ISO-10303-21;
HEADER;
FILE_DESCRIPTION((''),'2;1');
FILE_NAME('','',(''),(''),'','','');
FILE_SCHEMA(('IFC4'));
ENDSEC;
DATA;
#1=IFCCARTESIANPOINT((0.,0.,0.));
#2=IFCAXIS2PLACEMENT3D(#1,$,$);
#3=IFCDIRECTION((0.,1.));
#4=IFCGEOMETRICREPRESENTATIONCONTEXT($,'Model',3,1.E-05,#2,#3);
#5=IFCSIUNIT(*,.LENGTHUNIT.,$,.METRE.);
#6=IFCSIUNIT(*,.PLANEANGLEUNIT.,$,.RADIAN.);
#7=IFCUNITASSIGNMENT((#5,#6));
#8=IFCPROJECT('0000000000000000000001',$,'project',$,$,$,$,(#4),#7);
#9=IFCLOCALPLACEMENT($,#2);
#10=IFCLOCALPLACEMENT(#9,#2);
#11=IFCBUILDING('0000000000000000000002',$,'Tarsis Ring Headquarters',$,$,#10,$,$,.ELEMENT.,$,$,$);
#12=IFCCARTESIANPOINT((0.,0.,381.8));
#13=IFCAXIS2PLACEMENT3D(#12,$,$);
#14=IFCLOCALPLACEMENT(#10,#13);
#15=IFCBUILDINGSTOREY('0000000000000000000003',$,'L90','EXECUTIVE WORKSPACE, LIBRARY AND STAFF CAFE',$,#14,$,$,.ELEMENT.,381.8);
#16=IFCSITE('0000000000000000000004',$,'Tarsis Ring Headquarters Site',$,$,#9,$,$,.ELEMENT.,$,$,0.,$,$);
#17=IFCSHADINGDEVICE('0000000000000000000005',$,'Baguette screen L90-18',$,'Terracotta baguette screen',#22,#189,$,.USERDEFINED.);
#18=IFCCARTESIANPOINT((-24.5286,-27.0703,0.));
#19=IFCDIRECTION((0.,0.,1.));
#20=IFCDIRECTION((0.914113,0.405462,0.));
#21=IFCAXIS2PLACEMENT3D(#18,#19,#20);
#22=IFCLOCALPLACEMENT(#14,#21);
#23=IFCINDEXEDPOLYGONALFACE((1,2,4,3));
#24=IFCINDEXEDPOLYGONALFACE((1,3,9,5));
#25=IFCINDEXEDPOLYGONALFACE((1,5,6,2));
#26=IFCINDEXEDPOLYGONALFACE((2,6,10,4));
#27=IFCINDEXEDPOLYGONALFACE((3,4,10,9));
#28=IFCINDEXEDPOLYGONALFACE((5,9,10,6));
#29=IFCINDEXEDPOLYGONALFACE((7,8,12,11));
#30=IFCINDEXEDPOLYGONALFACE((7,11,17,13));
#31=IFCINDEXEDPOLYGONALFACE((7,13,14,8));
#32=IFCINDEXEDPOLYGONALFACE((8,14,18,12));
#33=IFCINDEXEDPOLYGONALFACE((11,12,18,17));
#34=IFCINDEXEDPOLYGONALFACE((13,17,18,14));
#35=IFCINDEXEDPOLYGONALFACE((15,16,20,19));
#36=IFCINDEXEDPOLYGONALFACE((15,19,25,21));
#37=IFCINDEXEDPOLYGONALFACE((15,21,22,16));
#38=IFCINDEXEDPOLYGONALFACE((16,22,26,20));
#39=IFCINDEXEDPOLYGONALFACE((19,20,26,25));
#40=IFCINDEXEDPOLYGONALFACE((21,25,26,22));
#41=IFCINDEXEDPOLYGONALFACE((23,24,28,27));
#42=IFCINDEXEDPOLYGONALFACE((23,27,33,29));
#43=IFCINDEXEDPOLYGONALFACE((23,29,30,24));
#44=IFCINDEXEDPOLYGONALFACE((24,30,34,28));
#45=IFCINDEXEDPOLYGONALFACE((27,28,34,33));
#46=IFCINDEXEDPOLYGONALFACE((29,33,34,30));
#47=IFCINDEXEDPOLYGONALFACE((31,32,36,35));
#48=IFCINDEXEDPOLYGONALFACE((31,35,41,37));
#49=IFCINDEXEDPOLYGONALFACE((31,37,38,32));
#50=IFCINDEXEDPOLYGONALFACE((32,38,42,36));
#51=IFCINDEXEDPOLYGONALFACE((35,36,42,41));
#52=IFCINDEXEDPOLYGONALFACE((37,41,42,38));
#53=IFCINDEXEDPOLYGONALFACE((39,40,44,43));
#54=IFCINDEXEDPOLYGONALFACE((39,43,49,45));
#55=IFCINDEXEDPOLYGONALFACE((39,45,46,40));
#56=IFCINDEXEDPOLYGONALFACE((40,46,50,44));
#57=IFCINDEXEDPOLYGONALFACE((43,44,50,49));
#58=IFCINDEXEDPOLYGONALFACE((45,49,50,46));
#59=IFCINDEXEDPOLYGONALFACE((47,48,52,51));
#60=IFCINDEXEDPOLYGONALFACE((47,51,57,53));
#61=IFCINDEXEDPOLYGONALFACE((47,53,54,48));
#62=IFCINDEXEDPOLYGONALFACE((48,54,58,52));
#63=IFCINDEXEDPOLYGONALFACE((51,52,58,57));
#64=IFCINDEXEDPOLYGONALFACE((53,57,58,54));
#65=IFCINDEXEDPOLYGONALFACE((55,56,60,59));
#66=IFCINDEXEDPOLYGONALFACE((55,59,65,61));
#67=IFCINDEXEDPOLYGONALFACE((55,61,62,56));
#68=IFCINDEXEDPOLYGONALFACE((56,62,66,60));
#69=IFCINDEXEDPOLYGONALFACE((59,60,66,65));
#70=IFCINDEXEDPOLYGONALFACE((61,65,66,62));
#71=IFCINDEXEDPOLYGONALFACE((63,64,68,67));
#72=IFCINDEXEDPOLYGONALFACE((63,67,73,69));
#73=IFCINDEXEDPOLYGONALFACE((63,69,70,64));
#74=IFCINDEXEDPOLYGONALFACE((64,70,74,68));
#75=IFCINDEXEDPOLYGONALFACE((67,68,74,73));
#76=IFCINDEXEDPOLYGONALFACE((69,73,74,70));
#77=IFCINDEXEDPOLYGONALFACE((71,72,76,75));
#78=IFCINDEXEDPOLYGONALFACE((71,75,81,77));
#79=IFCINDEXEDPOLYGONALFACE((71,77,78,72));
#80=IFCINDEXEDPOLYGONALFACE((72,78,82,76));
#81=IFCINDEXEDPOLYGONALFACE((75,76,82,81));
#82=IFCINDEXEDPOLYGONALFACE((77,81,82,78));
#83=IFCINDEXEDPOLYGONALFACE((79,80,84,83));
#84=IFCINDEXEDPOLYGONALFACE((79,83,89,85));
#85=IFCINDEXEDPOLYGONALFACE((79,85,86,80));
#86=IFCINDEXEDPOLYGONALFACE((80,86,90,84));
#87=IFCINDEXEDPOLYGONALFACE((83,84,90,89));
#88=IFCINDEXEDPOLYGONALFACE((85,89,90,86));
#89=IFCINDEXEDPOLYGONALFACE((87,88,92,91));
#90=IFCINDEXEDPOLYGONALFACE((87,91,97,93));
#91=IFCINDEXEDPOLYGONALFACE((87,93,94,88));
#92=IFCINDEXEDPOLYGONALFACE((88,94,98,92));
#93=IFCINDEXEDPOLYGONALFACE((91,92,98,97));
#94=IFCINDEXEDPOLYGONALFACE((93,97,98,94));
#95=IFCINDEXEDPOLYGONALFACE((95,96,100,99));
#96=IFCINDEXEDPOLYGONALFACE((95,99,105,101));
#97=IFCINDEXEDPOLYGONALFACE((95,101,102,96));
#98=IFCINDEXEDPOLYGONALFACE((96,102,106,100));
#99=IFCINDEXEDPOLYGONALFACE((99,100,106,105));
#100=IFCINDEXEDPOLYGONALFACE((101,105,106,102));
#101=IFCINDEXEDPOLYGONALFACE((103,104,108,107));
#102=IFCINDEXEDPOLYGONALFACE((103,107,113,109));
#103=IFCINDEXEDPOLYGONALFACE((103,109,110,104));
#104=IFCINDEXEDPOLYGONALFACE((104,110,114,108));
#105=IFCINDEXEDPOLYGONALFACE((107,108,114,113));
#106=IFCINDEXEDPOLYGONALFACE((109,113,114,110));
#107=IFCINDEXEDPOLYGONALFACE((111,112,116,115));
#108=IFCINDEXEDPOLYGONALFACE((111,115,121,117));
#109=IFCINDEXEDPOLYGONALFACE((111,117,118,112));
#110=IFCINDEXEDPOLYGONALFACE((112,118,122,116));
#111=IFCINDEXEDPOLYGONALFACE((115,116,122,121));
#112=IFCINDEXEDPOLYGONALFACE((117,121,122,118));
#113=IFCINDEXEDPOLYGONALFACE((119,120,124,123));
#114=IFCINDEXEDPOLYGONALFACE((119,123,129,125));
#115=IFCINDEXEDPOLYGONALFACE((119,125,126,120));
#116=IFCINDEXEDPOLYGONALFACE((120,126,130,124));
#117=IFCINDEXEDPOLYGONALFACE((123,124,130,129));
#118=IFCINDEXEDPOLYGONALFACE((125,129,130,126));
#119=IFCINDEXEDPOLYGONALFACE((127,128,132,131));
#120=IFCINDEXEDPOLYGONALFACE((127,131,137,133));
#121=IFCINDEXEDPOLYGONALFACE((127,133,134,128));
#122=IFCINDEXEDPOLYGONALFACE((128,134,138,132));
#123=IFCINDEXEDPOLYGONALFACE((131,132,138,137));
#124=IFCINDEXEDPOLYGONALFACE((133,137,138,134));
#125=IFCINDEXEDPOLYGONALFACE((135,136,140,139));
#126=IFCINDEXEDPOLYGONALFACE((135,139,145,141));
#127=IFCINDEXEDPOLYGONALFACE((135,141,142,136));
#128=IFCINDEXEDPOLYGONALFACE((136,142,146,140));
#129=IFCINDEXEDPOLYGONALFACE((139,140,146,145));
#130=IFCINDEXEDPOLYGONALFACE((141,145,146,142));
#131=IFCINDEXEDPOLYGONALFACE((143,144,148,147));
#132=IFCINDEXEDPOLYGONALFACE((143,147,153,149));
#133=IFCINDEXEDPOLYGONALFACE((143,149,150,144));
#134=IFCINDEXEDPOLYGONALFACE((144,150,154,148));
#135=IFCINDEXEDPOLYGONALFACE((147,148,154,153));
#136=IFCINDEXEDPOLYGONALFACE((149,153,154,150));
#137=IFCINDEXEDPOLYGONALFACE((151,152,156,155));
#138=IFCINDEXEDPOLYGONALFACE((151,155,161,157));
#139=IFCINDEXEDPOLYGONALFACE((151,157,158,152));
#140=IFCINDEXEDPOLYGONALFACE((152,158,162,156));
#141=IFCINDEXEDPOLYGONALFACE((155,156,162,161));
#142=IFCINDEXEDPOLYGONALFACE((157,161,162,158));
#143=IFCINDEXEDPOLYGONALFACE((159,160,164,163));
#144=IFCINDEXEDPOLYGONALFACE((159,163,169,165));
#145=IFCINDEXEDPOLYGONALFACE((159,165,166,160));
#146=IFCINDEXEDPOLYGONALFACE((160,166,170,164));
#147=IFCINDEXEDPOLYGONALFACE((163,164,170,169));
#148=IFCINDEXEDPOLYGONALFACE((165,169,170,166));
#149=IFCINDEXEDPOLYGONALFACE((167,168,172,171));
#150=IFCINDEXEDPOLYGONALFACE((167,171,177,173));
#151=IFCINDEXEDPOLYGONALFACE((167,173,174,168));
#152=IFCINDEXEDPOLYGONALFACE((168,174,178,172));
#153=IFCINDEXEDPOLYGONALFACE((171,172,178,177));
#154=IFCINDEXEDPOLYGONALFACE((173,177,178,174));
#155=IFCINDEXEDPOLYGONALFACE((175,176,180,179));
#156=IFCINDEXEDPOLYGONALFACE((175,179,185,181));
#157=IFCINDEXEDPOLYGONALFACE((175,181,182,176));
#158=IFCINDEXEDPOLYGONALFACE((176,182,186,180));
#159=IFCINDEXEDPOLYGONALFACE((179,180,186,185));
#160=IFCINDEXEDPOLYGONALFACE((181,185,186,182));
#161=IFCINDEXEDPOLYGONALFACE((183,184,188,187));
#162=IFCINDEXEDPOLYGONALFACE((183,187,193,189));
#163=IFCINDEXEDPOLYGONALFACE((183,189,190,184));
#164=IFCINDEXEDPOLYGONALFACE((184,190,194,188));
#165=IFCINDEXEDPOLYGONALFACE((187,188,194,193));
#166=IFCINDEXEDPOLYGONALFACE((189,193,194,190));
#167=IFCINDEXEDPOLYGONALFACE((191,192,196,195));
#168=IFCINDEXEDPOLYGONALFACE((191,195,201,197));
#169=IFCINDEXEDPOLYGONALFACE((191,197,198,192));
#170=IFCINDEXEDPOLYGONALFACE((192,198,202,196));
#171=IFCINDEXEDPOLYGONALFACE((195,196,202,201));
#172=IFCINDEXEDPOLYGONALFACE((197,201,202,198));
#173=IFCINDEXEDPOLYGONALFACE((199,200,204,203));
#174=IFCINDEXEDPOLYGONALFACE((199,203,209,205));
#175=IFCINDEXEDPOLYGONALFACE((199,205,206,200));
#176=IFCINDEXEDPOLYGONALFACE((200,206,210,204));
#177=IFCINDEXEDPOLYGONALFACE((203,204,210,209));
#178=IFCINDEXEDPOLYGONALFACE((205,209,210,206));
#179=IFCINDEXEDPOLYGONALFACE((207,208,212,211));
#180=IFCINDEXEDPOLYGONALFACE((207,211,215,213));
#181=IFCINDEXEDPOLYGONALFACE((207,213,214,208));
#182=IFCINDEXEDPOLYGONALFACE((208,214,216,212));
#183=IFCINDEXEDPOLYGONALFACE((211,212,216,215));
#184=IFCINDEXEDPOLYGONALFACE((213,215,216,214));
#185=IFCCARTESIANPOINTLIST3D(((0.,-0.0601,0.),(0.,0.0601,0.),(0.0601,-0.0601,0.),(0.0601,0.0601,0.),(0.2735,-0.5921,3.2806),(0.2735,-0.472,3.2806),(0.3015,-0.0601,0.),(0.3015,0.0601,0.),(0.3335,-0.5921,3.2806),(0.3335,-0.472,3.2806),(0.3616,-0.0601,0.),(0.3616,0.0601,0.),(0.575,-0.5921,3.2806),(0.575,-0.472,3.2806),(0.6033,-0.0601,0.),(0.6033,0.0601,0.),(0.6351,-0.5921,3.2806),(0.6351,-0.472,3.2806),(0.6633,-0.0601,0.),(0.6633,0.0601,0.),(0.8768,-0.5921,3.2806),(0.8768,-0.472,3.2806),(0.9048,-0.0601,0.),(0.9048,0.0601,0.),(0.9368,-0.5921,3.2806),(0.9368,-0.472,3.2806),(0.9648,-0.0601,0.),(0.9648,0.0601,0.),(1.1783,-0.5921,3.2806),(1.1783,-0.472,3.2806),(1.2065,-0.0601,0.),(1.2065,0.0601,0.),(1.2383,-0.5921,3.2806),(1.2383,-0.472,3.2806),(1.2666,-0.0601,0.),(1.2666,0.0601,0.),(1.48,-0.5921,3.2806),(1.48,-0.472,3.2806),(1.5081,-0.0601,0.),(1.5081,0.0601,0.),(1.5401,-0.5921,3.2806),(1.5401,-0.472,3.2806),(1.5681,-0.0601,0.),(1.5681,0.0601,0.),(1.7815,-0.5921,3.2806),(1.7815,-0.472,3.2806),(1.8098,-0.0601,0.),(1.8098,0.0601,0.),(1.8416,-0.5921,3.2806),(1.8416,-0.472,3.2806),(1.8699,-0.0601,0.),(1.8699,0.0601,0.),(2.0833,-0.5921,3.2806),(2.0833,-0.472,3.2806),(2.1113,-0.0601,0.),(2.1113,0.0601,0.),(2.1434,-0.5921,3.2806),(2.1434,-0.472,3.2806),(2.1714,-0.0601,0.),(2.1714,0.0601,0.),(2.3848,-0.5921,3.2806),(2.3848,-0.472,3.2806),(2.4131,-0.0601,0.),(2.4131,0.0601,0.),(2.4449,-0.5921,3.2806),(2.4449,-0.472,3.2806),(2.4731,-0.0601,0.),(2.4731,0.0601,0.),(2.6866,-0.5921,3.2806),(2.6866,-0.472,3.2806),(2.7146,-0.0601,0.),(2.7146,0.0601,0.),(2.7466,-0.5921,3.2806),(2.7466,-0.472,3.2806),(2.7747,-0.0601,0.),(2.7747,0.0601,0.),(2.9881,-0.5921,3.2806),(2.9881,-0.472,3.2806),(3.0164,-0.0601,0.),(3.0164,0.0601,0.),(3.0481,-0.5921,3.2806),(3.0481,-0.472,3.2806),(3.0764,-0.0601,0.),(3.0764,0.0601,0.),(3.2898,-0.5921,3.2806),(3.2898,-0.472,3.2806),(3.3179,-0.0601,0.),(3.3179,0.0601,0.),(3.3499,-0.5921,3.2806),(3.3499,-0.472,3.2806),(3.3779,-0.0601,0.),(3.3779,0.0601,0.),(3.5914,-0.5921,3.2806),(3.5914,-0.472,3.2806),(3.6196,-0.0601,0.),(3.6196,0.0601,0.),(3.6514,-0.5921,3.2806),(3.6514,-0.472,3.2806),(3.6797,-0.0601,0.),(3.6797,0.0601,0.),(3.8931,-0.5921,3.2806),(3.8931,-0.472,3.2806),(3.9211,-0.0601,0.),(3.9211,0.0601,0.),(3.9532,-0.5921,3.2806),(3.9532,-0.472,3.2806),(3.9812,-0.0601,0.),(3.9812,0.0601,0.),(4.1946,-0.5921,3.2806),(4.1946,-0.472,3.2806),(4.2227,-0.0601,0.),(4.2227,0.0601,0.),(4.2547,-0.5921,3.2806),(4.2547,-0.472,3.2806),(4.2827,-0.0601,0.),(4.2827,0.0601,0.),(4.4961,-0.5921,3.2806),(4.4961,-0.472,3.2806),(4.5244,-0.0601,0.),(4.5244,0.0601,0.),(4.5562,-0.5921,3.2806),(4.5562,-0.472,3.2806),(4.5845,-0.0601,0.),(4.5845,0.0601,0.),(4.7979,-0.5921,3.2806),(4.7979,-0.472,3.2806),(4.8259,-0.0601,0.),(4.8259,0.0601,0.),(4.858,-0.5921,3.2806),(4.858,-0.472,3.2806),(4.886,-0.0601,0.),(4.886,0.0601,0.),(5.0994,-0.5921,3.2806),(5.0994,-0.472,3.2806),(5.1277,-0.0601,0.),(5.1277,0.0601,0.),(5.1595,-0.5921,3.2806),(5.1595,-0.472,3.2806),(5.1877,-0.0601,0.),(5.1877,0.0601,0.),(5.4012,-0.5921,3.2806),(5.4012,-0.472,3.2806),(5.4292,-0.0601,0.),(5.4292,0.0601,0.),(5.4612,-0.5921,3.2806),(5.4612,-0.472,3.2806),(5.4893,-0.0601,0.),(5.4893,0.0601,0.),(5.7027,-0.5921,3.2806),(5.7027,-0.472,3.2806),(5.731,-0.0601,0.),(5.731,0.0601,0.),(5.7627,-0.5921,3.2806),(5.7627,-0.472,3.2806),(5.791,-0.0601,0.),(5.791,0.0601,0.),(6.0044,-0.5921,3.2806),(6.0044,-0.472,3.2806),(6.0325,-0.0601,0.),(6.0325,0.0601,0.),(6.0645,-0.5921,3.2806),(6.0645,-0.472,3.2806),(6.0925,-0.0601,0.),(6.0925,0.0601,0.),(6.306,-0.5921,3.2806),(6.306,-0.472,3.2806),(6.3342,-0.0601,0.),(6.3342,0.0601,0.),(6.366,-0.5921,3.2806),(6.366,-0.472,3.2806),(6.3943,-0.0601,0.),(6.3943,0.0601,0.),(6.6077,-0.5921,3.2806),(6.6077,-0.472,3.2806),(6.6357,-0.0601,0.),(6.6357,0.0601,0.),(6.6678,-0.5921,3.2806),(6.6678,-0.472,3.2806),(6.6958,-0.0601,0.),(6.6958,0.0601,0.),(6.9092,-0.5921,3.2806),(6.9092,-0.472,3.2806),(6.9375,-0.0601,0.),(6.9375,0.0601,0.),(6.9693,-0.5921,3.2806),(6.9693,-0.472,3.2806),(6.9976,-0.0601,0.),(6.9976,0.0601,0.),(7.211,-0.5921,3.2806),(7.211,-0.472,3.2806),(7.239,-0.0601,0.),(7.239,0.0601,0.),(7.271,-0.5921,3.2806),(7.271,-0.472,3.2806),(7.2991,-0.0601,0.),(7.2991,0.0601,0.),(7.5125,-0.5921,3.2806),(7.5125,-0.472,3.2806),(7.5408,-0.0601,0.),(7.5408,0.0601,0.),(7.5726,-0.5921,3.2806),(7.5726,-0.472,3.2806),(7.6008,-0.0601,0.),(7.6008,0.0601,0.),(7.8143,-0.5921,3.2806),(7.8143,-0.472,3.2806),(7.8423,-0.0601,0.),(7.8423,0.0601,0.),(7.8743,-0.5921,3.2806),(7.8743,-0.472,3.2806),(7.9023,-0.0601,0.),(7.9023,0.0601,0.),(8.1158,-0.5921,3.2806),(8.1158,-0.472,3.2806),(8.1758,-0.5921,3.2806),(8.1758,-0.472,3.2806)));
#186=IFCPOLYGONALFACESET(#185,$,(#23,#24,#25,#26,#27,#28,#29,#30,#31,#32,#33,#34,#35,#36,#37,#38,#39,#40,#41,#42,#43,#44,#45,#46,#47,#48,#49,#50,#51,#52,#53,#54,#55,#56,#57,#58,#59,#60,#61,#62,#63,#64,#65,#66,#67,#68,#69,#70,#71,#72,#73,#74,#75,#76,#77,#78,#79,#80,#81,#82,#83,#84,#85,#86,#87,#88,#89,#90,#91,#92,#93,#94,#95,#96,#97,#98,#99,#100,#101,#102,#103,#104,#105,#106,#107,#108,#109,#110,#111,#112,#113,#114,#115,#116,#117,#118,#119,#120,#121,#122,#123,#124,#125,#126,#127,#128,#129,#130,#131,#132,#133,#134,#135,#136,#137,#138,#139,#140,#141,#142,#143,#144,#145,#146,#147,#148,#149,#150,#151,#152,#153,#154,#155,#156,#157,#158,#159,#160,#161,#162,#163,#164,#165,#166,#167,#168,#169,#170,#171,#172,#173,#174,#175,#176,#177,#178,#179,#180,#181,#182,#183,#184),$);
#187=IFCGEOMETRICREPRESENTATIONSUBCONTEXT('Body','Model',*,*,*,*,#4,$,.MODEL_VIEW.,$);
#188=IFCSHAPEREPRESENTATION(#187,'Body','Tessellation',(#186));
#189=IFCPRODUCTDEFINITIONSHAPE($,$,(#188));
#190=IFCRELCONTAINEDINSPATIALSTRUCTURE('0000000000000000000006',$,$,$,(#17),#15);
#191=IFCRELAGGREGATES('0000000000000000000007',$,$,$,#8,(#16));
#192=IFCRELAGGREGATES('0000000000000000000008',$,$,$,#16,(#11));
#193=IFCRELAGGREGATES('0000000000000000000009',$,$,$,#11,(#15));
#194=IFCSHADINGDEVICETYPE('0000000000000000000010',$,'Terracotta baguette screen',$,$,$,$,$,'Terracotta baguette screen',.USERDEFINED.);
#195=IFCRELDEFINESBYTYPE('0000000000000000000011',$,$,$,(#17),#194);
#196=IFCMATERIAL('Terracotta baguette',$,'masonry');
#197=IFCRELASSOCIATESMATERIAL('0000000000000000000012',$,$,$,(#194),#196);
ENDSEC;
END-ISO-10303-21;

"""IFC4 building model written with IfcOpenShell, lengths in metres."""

from ifc_helpers import new_model, si_unit, direction, frame, frame_2d, origin, place, context, subcontext, project, spatial, rectangle, composite_profile, extrude, material, type_object, element, save


model = new_model("IFC4")

# Units and contexts
model_context = context("Model", 3, precision=1e-05, world=origin(), true_north=direction((0.0, 1.0)))
body_context = subcontext(model_context, "Body", "Model", "MODEL_VIEW")
ifc_project = project(units=[si_unit("LENGTHUNIT", "METRE"), si_unit("PLANEANGLEUNIT", "RADIAN")], contexts=[model_context])

# Site, building, storey
site_placement = place(None, origin())
site = spatial("IfcSite", under=ifc_project, at=site_placement, Name="Tarsis Ring Headquarters Site", CompositionType="ELEMENT", RefElevation=0.0)
building_placement = place(site_placement, origin())
building = spatial("IfcBuilding", under=site, at=building_placement, Name="Tarsis Ring Headquarters", CompositionType="ELEMENT")
storey_placement = place(building_placement, frame((0.0, 0.0, 381.8)))
storey = spatial("IfcBuildingStorey", under=building, at=storey_placement, Name="L90", Description="EXECUTIVE WORKSPACE, LIBRARY AND STAFF CAFE", CompositionType="ELEMENT", Elevation=381.8)

# Shading device
ifc_material_1 = material(Name="Terracotta baguette", Category="masonry")
shading_device_type_1 = type_object("IfcShadingDeviceType", Name="Terracotta baguette screen", ElementType="Terracotta baguette screen", PredefinedType="USERDEFINED", material=ifc_material_1)
shading_device_1_placement = place(storey_placement, frame((-24.5286, -27.0703, 0.0), z_axis=(0.0, 0.0, 1.0), x_axis=(0.914113, 0.405462, 0.0)))
element("IfcShadingDevice", 1, at=shading_device_1_placement, inside=storey, type_object=shading_device_type_1, Name="Baguette screen L90-18", ObjectType="Terracotta baguette screen", PredefinedType="USERDEFINED", context=body_context, shape_type="SweptSolid", body=[
    extrude(composite_profile([rectangle(XDim=0.0601, YDim=0.1201, at=frame_2d((0.03, 0.0))), rectangle(XDim=0.0601, YDim=0.1201, at=frame_2d((0.3315, 0.0))), rectangle(XDim=0.0601, YDim=0.1201, at=frame_2d((0.6333, 0.0))), rectangle(XDim=0.0601, YDim=0.1201, at=frame_2d((0.9348, 0.0))), rectangle(XDim=0.0601, YDim=0.1201, at=frame_2d((1.2366, 0.0))), rectangle(XDim=0.0601, YDim=0.1201, at=frame_2d((1.5381, 0.0))), rectangle(XDim=0.0601, YDim=0.1201, at=frame_2d((1.8398, 0.0))), rectangle(XDim=0.0601, YDim=0.1201, at=frame_2d((2.1414, 0.0))), rectangle(XDim=0.0601, YDim=0.1201, at=frame_2d((2.4431, 0.0))), rectangle(XDim=0.0601, YDim=0.1201, at=frame_2d((2.7446, 0.0))), rectangle(XDim=0.0601, YDim=0.1201, at=frame_2d((3.0464, 0.0))), rectangle(XDim=0.0601, YDim=0.1201, at=frame_2d((3.3479, 0.0))), rectangle(XDim=0.0601, YDim=0.1201, at=frame_2d((3.6497, 0.0))), rectangle(XDim=0.0601, YDim=0.1201, at=frame_2d((3.9512, 0.0))), rectangle(XDim=0.0601, YDim=0.1201, at=frame_2d((4.2527, 0.0))), rectangle(XDim=0.0601, YDim=0.1201, at=frame_2d((4.5544, 0.0))), rectangle(XDim=0.0601, YDim=0.1201, at=frame_2d((4.856, 0.0))), rectangle(XDim=0.0601, YDim=0.1201, at=frame_2d((5.1577, 0.0))), rectangle(XDim=0.0601, YDim=0.1201, at=frame_2d((5.4592, 0.0))), rectangle(XDim=0.0601, YDim=0.1201, at=frame_2d((5.761, 0.0))), rectangle(XDim=0.0601, YDim=0.1201, at=frame_2d((6.0625, 0.0))), rectangle(XDim=0.0601, YDim=0.1201, at=frame_2d((6.3643, 0.0))), rectangle(XDim=0.0601, YDim=0.1201, at=frame_2d((6.6658, 0.0))), rectangle(XDim=0.0601, YDim=0.1201, at=frame_2d((6.9675, 0.0))), rectangle(XDim=0.0601, YDim=0.1201, at=frame_2d((7.269, 0.0))), rectangle(XDim=0.0601, YDim=0.1201, at=frame_2d((7.5708, 0.0))), rectangle(XDim=0.0601, YDim=0.1201, at=frame_2d((7.8723, 0.0)))]), origin(), (0.082011, -0.159548, 0.983778), 3.3347),
])

save(model, "model.ifc")
